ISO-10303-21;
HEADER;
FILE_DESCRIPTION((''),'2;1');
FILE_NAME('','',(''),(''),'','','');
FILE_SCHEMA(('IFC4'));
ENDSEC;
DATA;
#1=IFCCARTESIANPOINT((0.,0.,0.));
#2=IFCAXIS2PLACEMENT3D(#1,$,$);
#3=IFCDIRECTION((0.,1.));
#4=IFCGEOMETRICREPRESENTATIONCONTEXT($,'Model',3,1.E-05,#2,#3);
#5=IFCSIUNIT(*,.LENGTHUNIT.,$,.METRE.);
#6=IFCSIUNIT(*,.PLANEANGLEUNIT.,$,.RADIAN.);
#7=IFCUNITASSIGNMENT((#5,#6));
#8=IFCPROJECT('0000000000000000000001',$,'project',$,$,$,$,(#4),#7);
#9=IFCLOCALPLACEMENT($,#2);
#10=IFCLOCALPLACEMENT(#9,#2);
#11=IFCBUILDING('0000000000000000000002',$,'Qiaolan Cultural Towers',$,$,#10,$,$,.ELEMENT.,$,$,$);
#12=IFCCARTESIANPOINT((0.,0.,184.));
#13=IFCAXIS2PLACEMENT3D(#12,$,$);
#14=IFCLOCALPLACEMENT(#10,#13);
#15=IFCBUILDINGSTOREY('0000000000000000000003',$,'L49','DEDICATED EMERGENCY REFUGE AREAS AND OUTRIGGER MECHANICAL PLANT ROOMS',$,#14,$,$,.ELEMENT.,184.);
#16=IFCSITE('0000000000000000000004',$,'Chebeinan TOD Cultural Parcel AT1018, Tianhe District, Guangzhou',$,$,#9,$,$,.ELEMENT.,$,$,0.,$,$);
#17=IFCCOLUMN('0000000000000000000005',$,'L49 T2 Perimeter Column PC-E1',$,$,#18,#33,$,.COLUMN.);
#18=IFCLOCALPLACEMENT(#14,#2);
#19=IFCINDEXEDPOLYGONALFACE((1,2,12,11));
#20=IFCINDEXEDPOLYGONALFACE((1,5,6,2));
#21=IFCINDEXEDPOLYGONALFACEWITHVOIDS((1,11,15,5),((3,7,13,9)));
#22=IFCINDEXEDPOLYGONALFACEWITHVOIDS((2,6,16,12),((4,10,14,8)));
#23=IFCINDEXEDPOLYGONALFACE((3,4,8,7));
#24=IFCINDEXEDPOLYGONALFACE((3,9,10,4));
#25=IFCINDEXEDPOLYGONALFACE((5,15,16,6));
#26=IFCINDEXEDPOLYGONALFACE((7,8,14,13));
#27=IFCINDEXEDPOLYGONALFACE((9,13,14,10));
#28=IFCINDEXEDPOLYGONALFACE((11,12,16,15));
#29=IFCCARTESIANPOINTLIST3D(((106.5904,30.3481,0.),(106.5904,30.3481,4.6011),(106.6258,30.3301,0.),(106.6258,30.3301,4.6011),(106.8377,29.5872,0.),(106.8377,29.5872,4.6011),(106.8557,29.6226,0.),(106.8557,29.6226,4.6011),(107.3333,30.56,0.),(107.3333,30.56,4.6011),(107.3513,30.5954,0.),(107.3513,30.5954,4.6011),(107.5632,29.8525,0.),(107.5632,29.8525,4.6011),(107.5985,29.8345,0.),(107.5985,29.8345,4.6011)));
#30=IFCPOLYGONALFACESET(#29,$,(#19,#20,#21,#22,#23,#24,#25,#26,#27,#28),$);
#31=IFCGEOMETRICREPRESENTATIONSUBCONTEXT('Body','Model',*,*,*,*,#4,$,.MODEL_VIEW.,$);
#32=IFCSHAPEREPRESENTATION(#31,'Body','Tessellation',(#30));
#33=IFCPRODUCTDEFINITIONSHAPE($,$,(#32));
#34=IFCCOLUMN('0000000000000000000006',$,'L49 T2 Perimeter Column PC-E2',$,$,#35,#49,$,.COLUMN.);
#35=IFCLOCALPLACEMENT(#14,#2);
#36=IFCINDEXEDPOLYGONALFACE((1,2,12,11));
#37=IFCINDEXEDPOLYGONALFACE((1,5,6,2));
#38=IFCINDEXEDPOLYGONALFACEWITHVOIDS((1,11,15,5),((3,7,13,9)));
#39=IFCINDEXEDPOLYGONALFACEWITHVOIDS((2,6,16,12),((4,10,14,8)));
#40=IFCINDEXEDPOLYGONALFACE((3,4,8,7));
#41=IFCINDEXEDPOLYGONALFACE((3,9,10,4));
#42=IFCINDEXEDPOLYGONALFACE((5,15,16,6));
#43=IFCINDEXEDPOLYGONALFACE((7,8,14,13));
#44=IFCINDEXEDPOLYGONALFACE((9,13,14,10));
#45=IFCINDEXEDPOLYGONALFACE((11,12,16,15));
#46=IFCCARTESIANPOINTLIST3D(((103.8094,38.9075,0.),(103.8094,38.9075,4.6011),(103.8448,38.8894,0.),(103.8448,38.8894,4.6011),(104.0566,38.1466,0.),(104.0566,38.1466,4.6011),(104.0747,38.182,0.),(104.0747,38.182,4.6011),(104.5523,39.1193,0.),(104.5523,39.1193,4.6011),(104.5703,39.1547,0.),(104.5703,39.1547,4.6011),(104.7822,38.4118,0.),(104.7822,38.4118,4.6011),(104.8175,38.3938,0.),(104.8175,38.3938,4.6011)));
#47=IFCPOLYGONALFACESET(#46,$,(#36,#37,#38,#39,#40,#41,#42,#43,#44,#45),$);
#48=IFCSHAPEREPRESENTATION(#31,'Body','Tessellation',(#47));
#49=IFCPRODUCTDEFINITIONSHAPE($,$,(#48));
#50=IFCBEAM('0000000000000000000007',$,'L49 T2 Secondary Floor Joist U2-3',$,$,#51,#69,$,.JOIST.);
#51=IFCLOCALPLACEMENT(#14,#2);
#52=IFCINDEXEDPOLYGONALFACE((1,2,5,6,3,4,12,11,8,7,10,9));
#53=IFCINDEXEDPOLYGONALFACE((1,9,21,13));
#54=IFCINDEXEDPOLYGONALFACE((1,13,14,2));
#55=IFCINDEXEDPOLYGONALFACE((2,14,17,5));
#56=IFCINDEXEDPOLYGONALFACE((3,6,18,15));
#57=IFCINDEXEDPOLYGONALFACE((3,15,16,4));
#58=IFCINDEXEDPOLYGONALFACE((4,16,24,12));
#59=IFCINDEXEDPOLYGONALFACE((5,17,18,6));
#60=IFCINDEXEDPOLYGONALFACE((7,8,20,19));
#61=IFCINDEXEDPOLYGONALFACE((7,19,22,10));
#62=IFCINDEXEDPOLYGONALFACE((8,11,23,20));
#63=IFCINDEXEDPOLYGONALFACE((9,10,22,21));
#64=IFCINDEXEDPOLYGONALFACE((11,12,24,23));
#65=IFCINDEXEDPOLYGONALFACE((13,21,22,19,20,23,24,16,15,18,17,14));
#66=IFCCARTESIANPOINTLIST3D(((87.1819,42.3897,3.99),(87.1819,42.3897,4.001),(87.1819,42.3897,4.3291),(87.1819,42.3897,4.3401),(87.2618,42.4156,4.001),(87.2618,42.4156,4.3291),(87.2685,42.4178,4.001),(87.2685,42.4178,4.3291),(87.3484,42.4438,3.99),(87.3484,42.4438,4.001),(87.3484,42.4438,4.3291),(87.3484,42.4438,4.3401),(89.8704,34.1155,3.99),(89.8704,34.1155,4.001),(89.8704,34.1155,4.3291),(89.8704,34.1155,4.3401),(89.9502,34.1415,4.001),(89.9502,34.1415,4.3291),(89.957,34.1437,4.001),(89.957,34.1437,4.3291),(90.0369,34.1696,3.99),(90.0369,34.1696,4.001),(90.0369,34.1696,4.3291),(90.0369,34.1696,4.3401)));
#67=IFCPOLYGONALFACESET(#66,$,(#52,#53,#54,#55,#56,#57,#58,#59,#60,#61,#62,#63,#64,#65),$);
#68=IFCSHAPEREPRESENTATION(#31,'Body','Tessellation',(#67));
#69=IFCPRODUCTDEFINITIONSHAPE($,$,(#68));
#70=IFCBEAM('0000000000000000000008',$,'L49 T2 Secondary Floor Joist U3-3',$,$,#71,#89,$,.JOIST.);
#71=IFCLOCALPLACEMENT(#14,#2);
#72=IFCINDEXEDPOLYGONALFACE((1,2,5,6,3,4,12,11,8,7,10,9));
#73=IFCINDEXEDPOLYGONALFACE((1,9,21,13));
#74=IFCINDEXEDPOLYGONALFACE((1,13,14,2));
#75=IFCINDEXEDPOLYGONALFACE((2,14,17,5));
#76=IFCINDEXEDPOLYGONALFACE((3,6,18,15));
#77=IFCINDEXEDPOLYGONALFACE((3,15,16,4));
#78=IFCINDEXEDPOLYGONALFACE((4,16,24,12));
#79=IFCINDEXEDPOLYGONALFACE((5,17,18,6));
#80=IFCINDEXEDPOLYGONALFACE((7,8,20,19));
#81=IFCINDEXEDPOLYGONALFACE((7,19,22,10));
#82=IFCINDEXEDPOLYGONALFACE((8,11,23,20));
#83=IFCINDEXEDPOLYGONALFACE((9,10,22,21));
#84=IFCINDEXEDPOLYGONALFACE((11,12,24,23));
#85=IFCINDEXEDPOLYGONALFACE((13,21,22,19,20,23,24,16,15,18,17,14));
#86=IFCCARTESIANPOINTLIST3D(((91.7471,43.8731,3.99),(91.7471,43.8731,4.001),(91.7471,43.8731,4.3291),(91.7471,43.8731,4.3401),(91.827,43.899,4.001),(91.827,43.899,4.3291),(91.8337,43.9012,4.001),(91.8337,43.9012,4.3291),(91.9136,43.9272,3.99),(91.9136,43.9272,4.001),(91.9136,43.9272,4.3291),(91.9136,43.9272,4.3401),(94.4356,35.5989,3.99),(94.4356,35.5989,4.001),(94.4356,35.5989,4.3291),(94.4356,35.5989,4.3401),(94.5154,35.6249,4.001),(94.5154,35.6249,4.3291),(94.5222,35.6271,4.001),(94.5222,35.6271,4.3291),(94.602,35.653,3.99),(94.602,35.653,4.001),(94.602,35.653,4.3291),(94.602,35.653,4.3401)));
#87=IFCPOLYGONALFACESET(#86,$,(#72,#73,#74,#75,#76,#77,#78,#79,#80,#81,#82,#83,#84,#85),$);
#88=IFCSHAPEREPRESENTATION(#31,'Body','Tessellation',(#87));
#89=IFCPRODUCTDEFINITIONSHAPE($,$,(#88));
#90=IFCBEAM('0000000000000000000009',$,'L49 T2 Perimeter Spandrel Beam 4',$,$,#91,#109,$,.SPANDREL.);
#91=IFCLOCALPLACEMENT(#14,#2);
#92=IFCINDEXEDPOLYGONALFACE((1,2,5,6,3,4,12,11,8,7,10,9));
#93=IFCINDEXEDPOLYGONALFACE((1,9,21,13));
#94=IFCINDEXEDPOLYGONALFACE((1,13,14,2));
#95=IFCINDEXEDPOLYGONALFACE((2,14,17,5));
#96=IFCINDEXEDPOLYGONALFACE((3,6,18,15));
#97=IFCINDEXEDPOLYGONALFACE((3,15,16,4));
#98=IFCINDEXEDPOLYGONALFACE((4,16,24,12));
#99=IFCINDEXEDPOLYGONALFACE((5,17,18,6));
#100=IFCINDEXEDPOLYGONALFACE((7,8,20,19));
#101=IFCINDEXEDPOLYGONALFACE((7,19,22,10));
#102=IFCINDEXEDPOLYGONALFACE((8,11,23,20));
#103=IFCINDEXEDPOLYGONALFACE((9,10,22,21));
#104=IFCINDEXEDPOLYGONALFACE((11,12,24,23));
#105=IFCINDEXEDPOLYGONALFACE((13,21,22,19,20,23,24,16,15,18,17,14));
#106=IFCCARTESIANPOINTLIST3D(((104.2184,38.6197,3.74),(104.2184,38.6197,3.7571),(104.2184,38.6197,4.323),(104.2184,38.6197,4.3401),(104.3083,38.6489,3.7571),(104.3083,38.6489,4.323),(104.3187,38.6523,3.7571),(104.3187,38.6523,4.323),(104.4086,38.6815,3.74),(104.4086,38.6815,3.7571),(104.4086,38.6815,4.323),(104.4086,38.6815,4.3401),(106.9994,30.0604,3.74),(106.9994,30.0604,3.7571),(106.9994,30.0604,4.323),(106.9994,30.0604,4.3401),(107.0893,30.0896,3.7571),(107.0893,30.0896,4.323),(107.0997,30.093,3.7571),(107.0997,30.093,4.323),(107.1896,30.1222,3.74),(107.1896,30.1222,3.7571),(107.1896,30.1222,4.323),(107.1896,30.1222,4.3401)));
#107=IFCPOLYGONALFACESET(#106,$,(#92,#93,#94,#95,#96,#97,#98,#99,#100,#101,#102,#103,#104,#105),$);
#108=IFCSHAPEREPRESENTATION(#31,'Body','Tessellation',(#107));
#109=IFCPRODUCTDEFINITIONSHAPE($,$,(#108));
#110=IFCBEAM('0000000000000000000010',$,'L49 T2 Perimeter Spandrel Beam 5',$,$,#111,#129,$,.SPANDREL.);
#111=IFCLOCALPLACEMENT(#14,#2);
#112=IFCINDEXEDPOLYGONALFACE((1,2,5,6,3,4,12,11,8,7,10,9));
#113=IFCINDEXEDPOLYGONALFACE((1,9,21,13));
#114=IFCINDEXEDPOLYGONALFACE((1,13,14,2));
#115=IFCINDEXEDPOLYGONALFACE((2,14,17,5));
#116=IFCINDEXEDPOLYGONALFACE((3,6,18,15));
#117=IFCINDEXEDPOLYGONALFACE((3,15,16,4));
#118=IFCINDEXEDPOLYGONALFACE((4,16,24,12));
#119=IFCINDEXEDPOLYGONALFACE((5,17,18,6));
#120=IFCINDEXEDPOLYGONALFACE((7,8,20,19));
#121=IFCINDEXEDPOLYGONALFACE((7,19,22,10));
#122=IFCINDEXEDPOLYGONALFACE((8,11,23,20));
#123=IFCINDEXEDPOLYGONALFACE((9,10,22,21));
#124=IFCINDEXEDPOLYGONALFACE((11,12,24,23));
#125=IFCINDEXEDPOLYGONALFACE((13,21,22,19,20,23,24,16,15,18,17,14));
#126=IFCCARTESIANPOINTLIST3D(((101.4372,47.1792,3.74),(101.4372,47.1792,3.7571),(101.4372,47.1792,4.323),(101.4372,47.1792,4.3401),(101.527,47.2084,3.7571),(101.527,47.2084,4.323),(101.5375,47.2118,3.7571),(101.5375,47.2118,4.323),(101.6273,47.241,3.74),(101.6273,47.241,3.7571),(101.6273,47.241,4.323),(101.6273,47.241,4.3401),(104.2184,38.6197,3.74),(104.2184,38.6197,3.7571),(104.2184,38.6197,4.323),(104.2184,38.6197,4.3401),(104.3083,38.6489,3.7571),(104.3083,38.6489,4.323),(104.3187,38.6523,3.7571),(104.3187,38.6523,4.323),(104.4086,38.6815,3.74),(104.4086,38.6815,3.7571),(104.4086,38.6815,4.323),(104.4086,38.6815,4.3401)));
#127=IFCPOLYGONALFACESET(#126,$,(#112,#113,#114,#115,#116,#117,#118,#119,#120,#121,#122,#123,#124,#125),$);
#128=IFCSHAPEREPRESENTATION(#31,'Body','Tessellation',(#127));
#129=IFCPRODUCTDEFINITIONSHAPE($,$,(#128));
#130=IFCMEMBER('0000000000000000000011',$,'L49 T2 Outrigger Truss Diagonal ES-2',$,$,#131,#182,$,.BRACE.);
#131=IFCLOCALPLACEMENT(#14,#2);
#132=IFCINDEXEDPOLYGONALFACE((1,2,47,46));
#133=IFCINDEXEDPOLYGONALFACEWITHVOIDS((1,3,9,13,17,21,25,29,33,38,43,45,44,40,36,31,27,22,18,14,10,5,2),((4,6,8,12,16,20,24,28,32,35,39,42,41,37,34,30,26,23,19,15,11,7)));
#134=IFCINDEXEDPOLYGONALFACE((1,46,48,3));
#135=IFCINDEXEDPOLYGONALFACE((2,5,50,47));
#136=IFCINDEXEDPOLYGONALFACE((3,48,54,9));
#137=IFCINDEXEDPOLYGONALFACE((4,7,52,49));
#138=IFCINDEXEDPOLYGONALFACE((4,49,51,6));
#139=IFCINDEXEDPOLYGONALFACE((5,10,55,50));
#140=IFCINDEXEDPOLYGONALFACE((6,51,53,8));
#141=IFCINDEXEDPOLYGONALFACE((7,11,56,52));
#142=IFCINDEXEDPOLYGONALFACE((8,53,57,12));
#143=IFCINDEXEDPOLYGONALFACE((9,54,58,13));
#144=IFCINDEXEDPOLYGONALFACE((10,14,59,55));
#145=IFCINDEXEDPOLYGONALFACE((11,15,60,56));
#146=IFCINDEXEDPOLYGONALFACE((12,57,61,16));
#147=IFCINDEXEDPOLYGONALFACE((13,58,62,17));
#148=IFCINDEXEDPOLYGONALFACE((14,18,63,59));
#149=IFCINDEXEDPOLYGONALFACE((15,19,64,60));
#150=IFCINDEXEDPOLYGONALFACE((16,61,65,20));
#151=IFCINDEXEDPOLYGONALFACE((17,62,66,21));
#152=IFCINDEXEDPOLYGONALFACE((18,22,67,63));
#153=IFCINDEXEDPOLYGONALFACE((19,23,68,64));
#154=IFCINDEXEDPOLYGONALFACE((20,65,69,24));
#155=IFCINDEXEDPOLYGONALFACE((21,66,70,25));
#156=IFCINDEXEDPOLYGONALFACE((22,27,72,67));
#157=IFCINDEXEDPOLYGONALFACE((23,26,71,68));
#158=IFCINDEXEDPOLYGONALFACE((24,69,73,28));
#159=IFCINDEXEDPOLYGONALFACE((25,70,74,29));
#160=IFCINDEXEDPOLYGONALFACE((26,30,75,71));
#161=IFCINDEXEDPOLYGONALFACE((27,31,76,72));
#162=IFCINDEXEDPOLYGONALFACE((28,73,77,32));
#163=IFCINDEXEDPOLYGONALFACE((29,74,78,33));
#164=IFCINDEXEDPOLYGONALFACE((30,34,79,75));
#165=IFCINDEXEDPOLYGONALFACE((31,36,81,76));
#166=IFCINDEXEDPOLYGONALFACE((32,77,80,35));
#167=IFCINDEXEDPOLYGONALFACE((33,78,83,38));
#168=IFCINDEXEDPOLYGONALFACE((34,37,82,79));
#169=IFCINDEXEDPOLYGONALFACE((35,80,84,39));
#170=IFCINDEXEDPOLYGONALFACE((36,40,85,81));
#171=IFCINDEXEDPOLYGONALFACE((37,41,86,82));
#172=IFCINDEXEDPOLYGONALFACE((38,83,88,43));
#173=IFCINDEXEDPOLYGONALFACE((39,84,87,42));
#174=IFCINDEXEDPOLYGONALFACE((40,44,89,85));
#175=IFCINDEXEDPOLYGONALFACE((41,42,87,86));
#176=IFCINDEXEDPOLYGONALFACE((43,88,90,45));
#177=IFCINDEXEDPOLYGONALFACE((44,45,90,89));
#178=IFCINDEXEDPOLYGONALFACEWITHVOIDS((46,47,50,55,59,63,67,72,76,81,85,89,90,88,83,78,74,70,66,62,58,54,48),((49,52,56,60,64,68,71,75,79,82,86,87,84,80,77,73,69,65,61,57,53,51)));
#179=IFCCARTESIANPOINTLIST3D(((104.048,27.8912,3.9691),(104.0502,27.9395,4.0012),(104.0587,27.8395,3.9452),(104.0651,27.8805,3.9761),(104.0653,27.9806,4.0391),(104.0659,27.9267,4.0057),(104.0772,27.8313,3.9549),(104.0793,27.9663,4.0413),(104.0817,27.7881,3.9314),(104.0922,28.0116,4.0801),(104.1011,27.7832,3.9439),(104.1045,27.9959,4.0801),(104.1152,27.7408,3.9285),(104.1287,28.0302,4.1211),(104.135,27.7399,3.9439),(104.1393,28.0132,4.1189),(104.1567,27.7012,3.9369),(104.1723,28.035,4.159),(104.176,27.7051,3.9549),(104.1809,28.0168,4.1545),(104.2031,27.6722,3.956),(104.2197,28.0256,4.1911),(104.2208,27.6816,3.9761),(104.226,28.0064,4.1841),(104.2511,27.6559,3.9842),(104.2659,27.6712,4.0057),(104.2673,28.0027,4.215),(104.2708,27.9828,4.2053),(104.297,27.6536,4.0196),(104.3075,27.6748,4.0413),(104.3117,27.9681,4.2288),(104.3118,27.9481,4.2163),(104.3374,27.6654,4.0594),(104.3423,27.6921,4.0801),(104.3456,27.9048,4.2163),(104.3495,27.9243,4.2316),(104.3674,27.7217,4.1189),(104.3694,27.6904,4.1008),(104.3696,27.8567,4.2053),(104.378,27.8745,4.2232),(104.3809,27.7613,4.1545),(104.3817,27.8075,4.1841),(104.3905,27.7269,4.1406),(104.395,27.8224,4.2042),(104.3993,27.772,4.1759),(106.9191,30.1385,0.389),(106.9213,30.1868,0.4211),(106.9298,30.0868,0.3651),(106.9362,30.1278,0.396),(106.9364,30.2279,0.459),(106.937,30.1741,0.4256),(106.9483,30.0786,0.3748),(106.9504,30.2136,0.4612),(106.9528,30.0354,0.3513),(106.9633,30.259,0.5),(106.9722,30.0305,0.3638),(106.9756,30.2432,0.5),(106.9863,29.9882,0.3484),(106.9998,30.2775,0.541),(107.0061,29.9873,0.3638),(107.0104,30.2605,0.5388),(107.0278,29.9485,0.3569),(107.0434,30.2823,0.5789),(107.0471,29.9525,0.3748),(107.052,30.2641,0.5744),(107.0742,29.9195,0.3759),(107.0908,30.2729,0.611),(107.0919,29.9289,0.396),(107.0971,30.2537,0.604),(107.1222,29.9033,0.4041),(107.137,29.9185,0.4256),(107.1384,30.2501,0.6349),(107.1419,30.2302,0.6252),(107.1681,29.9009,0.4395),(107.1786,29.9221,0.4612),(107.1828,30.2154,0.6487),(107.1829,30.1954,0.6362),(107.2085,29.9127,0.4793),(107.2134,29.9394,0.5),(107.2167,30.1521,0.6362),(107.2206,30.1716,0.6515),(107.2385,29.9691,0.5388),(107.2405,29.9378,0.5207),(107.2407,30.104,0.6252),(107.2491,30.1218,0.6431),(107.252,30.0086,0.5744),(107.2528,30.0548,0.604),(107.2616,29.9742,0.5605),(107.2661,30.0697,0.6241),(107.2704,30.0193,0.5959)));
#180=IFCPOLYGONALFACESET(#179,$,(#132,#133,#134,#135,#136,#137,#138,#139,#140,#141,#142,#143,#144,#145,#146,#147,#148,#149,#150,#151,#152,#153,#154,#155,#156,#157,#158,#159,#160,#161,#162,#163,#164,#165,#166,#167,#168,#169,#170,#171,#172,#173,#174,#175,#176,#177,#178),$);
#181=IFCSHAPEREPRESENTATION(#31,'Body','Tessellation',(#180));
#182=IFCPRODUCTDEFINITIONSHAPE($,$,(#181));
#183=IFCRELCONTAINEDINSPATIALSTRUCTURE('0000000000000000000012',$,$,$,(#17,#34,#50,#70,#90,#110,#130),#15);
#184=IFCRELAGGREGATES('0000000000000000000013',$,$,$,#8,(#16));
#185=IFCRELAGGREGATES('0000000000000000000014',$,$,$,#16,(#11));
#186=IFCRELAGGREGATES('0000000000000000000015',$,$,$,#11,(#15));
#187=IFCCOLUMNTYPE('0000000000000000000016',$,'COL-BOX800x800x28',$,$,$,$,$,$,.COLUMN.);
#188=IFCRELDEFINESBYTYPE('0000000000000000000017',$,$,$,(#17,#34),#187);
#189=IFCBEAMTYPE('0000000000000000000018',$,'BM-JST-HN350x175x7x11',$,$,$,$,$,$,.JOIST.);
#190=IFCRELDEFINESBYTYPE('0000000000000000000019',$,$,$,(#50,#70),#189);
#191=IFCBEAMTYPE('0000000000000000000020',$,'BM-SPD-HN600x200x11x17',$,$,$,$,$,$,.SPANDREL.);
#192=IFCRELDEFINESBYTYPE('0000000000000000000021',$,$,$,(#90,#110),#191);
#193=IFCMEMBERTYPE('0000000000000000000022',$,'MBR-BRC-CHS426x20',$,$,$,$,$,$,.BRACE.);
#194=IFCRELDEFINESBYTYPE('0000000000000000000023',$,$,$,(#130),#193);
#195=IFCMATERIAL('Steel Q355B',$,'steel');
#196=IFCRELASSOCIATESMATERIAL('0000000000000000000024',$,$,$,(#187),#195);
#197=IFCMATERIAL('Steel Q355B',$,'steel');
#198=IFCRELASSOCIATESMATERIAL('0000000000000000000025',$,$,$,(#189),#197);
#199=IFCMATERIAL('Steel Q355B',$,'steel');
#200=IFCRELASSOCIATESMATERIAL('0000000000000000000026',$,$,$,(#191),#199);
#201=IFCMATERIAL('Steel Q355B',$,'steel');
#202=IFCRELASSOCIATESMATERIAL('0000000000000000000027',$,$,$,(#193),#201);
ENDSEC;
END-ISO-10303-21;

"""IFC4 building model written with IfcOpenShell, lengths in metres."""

from ifc_helpers import new_model, si_unit, direction, frame, origin, origin_2d, place, context, subcontext, project, spatial, hollow_rectangle, hollow_circle, i_section, extrude, material, material_profile, profile_set, type_object, element, save


model = new_model("IFC4")

# Units and contexts
model_context = context("Model", 3, precision=1e-05, world=origin(), true_north=direction((0.0, 1.0)))
body_context = subcontext(model_context, "Body", "Model", "MODEL_VIEW")
ifc_project = project(units=[si_unit("LENGTHUNIT", "METRE"), si_unit("PLANEANGLEUNIT", "RADIAN")], contexts=[model_context])

# Site, building, storey
site_placement = place(None, origin())
site = spatial("IfcSite", under=ifc_project, at=site_placement, Name="Chebeinan TOD Cultural Parcel AT1018, Tianhe District, Guangzhou", CompositionType="ELEMENT", RefElevation=0.0)
building_placement = place(site_placement, origin())
building = spatial("IfcBuilding", under=site, at=building_placement, Name="Qiaolan Cultural Towers", CompositionType="ELEMENT")
storey_placement = place(building_placement, frame((0.0, 0.0, 184.0)))
storey = spatial("IfcBuildingStorey", under=building, at=storey_placement, Name="L49", Description="DEDICATED EMERGENCY REFUGE AREAS AND OUTRIGGER MECHANICAL PLANT ROOMS", CompositionType="ELEMENT", Elevation=184.0)

# Columns
ifc_material_1 = material(Name="Steel Q355B", Category="steel")
ifc_material_profile_1 = material_profile(ifc_material_1, hollow_rectangle(XDim=0.8, YDim=0.8, WallThickness=0.0281, at=origin_2d()), Name="BOX800x800x28")
ifc_profile_set_1 = profile_set([ifc_material_profile_1], Name="Steel Q355B")
column_type = type_object("IfcColumnType", Name="COL-BOX800x800x28", PredefinedType="COLUMN", material=ifc_profile_set_1)
for number, where, z_axis, x_axis, name in (
    (1, (107.0945, 30.0913, 0.0), (0.0, 0.0, 1.0), (0.951057, 0.309017, 0.0), "L49 T2 Perimeter Column PC-E1"),
    (2, (104.3135, 38.6506, 0.0), (0.0, 0.0, 1.0), (0.951057, 0.309017, 0.0), "L49 T2 Perimeter Column PC-E2"),
):
    element("IfcColumn", number, at=place(storey_placement, frame(where, z_axis=z_axis, x_axis=x_axis)), inside=storey, type_object=column_type, Name=name, PredefinedType="COLUMN", context=body_context, shape_type="SweptSolid", body=[
        extrude(hollow_rectangle(XDim=0.8, YDim=0.8, WallThickness=0.0281, at=origin_2d()), origin(), (0.0, 0.0, 1.0), 4.6011),
    ])

# Beams
ifc_material_2 = material(Name="Steel Q355B", Category="steel")
ifc_material_profile_2 = material_profile(ifc_material_2, i_section(OverallWidth=0.175, OverallDepth=0.3501, WebThickness=0.0071, FlangeThickness=0.011, at=origin_2d()), Name="HN350x175x7x11")
ifc_profile_set_2 = profile_set([ifc_material_profile_2], Name="Steel Q355B")
beam_type_1 = type_object("IfcBeamType", Name="BM-JST-HN350x175x7x11", PredefinedType="JOIST", material=ifc_profile_set_2)
for number, where, z_axis, x_axis, name in (
    (3, (89.9536, 34.1426, 4.165), (-0.309021, 0.951055, 0.0), (-0.951055, -0.309021, 0.0), "L49 T2 Secondary Floor Joist U2-3"),
    (4, (94.5188, 35.626, 4.165), (-0.309021, 0.951055, 0.0), (-0.951055, -0.309021, 0.0), "L49 T2 Secondary Floor Joist U3-3"),
):
    element("IfcBeam", number, at=place(storey_placement, frame(where, z_axis=z_axis, x_axis=x_axis)), inside=storey, type_object=beam_type_1, Name=name, PredefinedType="JOIST", context=body_context, shape_type="SweptSolid", body=[
        extrude(i_section(OverallWidth=0.175, OverallDepth=0.3501, WebThickness=0.0071, FlangeThickness=0.011, at=origin_2d()), origin(), (0.0, 0.0, 1.0), 8.7),
    ])
ifc_material_3 = material(Name="Steel Q355B", Category="steel")
ifc_material_profile_3 = material_profile(ifc_material_3, i_section(OverallWidth=0.2, OverallDepth=0.6001, WebThickness=0.011, FlangeThickness=0.0171, at=origin_2d()), Name="HN600x200x11x17")
ifc_profile_set_3 = profile_set([ifc_material_profile_3], Name="Steel Q355B")
beam_type_2 = type_object("IfcBeamType", Name="BM-SPD-HN600x200x11x17", PredefinedType="SPANDREL", material=ifc_profile_set_3)
beam_1_placement = place(storey_placement, frame((107.0945, 30.0913, 4.04), z_axis=(-0.309008, 0.951059, 0.0), x_axis=(-0.951059, -0.309008, 0.0)))
element("IfcBeam", 5, at=beam_1_placement, inside=storey, type_object=beam_type_2, Name="L49 T2 Perimeter Spandrel Beam 4", PredefinedType="SPANDREL", context=body_context, shape_type="SweptSolid", body=[
    extrude(i_section(OverallWidth=0.2, OverallDepth=0.6001, WebThickness=0.011, FlangeThickness=0.0171, at=origin_2d()), origin(), (0.0, 0.0, 1.0), 8.9998),
])
beam_2_placement = place(storey_placement, frame((104.3135, 38.6506, 4.04), z_axis=(-0.309025, 0.951054, 0.0), x_axis=(-0.951054, -0.309025, 0.0)))
element("IfcBeam", 6, at=beam_2_placement, inside=storey, type_object=beam_type_2, Name="L49 T2 Perimeter Spandrel Beam 5", PredefinedType="SPANDREL", context=body_context, shape_type="SweptSolid", body=[
    extrude(i_section(OverallWidth=0.2, OverallDepth=0.6001, WebThickness=0.011, FlangeThickness=0.0171, at=origin_2d()), origin(), (0.0, 0.0, 1.0), 9.0),
])

# Member
ifc_material_4 = material(Name="Steel Q355B", Category="steel")
ifc_material_profile_4 = material_profile(ifc_material_4, hollow_circle(Radius=0.2129, WallThickness=0.02, at=origin_2d()), Name="CHS426x20")
ifc_profile_set_4 = profile_set([ifc_material_profile_4], Name="Steel Q355B")
member_type_1 = type_object("IfcMemberType", Name="MBR-BRC-CHS426x20", PredefinedType="BRACE", material=ifc_profile_set_4)
member_1_placement = place(storey_placement, frame((104.2234, 27.844, 4.0801), z_axis=(0.561874, 0.439801, -0.700623), x_axis=(-0.616371, 0.787456, 0.0)))
element("IfcMember", 7, at=member_1_placement, inside=storey, type_object=member_type_1, Name="L49 T2 Outrigger Truss Diagonal ES-2", PredefinedType="BRACE", context=body_context, shape_type="SweptSolid", body=[
    extrude(hollow_circle(Radius=0.2129, WallThickness=0.02, at=origin_2d()), origin(), (0.0, 0.0, 1.0), 5.1099),
])

save(model, "model.ifc")
